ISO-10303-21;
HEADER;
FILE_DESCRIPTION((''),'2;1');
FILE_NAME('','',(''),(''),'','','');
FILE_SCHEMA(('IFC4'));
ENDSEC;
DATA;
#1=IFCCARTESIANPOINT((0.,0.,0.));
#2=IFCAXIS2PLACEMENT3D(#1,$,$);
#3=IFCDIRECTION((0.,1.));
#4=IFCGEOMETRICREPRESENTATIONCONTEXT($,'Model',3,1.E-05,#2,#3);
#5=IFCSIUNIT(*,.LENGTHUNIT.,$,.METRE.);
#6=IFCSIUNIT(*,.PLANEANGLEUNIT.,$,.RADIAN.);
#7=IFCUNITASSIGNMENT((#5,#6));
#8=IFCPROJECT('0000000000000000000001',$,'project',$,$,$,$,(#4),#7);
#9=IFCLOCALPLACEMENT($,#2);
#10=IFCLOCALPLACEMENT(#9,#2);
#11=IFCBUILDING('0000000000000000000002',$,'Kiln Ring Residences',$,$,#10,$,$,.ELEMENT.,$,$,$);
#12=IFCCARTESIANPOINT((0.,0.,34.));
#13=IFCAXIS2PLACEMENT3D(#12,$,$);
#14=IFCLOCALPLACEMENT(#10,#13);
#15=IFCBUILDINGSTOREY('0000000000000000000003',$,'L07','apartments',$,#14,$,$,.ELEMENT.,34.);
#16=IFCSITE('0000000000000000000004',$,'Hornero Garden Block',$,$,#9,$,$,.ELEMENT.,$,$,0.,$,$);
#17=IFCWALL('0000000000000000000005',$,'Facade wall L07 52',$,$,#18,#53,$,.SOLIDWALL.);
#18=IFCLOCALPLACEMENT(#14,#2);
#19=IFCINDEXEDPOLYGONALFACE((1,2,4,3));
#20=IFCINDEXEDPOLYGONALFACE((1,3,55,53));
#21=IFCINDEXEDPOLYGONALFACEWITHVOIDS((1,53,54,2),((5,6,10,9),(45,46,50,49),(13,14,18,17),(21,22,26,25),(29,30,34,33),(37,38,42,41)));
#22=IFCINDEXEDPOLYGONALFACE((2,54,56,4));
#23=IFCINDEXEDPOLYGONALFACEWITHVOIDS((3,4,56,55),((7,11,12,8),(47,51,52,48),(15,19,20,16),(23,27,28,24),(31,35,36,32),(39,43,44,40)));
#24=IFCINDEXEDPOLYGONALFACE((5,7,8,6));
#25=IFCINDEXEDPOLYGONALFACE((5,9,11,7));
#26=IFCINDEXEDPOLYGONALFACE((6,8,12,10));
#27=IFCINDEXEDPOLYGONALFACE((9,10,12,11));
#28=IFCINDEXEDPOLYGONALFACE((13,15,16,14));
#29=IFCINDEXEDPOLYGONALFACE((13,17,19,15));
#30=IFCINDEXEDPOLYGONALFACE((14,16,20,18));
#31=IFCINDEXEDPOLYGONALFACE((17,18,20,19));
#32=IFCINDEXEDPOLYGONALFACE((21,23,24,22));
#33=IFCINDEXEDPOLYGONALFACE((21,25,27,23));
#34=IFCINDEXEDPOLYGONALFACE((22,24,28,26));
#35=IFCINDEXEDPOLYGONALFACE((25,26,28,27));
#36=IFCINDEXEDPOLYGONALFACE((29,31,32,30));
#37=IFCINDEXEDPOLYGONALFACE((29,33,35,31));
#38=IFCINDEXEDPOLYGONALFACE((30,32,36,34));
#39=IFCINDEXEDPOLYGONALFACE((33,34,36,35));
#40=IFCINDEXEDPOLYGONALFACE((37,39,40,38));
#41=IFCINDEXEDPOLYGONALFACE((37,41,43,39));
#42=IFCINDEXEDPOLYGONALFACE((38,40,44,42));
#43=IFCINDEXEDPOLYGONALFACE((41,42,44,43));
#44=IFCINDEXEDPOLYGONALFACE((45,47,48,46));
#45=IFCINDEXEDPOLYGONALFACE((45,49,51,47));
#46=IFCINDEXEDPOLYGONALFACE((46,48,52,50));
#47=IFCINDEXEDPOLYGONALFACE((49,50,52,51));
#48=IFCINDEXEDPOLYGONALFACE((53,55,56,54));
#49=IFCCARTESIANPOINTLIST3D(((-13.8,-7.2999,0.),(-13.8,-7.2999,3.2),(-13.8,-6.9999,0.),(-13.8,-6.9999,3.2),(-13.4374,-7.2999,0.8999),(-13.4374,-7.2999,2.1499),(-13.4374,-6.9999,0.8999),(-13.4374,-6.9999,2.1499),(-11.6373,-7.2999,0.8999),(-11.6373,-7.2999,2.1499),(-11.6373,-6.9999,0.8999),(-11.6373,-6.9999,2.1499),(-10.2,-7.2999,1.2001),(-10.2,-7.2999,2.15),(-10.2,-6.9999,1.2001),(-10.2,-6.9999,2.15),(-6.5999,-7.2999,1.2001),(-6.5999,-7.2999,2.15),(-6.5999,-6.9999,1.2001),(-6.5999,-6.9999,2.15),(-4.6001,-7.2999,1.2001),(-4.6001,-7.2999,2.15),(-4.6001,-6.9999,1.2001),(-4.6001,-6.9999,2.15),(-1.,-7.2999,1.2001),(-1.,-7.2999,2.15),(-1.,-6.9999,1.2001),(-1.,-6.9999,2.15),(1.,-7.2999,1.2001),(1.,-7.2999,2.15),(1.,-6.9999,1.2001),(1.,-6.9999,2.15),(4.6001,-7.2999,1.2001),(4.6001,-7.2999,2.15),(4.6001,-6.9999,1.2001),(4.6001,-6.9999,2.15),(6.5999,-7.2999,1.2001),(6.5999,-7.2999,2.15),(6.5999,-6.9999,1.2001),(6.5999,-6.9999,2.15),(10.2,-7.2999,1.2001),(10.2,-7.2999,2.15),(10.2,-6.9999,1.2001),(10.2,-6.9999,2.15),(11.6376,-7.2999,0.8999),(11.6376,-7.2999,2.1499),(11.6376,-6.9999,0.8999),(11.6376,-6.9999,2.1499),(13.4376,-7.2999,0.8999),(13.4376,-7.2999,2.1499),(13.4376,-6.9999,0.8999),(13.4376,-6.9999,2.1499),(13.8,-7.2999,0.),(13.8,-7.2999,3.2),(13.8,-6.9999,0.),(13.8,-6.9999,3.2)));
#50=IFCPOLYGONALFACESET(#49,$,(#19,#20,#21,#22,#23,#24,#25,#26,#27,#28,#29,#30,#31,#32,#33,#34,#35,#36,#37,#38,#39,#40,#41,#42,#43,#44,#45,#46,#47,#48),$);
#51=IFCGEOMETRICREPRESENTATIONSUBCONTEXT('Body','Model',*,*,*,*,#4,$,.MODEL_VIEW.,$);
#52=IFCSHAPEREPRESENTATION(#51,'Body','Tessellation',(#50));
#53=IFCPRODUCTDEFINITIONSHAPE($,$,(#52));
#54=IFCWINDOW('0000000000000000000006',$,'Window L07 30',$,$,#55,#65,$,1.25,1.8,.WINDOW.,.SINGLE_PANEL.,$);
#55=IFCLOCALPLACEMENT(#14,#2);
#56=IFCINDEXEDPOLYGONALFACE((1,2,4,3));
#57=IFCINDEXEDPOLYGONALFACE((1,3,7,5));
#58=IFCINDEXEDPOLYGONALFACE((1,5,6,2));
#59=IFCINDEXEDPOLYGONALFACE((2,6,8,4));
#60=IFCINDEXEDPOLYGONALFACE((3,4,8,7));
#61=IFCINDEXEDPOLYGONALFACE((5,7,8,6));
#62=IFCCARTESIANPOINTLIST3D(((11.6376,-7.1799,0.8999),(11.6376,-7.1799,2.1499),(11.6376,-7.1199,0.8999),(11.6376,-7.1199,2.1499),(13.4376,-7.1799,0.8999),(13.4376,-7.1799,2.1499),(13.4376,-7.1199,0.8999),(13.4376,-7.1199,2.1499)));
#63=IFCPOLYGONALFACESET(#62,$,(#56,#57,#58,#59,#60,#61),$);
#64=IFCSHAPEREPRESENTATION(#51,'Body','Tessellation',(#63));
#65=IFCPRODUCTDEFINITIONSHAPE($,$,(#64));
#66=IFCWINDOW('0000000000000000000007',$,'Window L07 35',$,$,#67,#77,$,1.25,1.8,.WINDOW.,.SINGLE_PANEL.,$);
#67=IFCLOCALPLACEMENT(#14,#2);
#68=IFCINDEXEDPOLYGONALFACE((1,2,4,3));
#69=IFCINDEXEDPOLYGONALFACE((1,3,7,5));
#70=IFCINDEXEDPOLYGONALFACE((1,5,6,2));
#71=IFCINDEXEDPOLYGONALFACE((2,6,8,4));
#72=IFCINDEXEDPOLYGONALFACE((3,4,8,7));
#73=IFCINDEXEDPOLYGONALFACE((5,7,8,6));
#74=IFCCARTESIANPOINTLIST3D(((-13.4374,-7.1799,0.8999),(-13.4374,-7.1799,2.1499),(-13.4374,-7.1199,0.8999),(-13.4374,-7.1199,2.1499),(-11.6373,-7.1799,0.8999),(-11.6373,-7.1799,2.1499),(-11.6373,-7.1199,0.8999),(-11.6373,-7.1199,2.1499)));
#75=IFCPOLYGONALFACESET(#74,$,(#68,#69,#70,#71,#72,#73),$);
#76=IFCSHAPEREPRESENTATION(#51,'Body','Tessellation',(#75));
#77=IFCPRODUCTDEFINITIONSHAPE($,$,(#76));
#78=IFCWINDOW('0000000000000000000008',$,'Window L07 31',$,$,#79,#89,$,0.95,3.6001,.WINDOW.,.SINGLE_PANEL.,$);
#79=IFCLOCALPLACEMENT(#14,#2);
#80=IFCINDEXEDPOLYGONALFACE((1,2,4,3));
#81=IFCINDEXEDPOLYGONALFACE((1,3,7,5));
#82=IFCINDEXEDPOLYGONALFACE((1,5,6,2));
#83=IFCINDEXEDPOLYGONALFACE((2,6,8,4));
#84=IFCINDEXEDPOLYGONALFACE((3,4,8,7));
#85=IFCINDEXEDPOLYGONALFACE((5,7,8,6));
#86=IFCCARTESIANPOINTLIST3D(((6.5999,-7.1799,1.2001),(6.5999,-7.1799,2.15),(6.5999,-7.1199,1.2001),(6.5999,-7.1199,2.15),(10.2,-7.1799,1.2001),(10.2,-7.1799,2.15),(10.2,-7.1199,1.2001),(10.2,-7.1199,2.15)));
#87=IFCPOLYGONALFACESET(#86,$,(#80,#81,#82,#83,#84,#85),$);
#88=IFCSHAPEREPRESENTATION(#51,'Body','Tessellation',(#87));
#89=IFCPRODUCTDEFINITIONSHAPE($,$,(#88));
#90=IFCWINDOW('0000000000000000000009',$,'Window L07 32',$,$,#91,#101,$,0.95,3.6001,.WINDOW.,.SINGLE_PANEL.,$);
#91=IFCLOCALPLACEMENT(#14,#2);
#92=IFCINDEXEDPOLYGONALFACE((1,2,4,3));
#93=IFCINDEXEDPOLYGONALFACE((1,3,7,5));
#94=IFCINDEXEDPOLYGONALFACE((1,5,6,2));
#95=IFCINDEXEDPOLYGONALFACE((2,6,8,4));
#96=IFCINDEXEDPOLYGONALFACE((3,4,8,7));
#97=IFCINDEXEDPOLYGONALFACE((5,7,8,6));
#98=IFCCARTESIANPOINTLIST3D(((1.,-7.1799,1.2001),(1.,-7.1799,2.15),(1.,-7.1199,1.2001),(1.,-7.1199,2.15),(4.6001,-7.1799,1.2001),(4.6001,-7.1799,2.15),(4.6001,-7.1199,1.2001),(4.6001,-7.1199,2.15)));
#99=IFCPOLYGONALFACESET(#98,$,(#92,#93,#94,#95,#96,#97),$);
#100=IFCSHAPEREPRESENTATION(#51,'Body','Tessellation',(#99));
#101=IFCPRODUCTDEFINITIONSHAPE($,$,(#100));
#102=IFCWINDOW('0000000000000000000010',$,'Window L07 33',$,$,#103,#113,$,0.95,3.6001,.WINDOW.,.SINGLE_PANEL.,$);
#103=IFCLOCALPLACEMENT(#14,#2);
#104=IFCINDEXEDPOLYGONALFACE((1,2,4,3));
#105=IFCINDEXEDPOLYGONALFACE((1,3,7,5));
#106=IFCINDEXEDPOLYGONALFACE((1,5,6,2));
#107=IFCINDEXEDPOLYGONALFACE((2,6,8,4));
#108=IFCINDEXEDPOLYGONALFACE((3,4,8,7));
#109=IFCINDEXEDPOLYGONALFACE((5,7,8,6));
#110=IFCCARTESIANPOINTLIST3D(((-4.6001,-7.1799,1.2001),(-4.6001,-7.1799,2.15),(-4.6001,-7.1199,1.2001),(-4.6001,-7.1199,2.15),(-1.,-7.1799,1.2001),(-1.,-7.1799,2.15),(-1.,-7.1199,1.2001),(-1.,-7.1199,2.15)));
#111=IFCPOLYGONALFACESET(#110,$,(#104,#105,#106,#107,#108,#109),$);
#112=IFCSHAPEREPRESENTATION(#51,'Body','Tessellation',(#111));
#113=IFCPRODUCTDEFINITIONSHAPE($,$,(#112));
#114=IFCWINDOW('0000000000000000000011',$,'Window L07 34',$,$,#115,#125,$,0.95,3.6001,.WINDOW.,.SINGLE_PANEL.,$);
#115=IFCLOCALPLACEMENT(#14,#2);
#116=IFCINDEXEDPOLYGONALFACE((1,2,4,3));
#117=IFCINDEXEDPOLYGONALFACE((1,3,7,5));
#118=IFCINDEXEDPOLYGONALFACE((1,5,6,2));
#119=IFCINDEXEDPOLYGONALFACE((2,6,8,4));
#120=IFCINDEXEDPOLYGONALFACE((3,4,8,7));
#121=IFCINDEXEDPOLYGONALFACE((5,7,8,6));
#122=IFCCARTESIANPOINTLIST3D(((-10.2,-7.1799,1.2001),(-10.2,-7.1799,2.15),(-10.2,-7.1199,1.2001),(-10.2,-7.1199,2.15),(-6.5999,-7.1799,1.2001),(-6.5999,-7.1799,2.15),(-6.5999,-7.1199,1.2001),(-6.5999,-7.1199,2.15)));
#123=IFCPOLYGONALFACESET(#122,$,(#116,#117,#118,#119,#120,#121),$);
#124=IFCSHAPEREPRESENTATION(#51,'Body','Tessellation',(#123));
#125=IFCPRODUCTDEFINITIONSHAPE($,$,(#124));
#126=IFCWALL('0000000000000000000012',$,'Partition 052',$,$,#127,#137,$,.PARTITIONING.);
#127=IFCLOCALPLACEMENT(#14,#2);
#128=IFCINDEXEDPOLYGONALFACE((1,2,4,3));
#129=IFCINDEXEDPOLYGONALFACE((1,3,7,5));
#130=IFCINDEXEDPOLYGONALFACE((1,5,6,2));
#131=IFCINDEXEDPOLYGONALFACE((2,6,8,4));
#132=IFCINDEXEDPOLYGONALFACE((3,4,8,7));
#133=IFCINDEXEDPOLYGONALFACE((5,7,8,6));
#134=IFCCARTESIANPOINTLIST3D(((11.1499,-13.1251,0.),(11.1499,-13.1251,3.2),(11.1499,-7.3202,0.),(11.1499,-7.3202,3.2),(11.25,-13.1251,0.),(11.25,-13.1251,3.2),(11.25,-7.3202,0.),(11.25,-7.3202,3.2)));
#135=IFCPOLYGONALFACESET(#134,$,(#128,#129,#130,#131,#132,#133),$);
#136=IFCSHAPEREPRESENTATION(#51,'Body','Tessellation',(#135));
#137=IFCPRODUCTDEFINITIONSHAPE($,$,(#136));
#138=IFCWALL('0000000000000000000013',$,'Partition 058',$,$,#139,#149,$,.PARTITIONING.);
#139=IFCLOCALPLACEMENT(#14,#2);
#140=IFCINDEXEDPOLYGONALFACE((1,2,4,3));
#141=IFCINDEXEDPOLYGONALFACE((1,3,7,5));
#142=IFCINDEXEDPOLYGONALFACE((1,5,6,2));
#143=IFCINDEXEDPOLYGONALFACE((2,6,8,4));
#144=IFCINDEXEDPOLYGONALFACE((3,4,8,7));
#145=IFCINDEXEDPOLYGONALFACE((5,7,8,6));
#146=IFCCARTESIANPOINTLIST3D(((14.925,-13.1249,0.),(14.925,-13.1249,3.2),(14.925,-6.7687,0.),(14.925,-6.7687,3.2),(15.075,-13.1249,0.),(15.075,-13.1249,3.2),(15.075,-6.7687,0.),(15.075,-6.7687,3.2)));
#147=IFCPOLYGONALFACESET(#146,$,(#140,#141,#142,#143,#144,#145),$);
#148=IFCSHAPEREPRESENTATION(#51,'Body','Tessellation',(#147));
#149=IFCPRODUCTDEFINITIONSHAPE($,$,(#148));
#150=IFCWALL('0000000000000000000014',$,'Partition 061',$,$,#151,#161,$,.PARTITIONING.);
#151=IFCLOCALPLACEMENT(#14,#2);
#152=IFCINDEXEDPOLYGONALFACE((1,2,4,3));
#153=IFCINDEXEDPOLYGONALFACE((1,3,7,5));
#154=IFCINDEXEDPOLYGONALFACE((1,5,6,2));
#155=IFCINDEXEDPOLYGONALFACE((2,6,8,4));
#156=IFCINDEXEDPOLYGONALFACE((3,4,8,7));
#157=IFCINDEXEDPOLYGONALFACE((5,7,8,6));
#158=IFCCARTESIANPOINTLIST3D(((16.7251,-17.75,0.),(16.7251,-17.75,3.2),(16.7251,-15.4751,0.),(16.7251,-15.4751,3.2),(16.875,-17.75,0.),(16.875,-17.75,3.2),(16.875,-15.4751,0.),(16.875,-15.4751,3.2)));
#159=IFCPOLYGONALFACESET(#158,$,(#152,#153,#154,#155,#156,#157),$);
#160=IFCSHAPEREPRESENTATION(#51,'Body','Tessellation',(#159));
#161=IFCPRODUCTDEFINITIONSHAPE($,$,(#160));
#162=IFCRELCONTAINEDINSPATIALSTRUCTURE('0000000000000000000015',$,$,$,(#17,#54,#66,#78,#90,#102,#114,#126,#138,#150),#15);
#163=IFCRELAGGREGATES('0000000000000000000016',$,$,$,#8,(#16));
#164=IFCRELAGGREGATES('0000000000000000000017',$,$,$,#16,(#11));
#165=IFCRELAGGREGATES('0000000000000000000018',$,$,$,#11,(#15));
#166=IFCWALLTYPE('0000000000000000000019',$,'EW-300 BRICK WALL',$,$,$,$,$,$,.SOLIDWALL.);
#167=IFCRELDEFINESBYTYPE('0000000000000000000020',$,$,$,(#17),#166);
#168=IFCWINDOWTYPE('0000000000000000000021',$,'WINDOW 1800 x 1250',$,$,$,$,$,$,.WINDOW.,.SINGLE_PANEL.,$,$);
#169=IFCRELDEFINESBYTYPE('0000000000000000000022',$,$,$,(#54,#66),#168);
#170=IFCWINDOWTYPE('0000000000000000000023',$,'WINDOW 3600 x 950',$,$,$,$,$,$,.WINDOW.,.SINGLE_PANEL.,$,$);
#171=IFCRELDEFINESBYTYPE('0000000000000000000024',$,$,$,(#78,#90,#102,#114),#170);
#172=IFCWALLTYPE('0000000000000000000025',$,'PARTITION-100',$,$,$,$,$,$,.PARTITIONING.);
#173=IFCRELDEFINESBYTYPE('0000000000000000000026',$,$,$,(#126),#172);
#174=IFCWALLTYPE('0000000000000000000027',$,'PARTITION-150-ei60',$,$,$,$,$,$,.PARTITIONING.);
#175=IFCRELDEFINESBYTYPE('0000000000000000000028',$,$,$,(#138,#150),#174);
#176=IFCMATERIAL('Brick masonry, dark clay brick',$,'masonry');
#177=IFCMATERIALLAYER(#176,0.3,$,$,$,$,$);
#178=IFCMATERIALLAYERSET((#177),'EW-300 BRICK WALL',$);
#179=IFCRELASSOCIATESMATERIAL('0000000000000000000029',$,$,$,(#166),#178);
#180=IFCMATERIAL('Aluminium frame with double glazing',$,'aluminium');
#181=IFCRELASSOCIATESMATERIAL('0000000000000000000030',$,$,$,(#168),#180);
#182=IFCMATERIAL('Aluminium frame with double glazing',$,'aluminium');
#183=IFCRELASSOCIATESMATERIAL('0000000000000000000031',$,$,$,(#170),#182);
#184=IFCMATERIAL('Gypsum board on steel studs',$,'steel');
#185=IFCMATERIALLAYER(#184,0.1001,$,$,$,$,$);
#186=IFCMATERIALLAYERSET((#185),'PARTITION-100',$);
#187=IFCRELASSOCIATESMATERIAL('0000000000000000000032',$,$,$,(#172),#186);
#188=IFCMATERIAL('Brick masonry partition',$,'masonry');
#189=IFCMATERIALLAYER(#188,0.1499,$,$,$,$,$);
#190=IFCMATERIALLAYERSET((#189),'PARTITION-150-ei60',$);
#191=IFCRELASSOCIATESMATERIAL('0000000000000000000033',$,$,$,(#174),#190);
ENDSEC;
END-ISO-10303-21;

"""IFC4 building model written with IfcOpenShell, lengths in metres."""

from ifc_helpers import new_model, si_unit, direction, frame, frame_2d, origin, place, context, subcontext, project, spatial, rectangle, extrude, material, layer, layer_set, type_object, element, fill, save


model = new_model("IFC4")

# Units and contexts
model_context = context("Model", 3, precision=1e-05, world=origin(), true_north=direction((0.0, 1.0)))
body_context = subcontext(model_context, "Body", "Model", "MODEL_VIEW")
ifc_project = project(units=[si_unit("LENGTHUNIT", "METRE"), si_unit("PLANEANGLEUNIT", "RADIAN")], contexts=[model_context])

# Site, building, storey
site_placement = place(None, origin())
site = spatial("IfcSite", under=ifc_project, at=site_placement, Name="Hornero Garden Block", CompositionType="ELEMENT", RefElevation=0.0)
building_placement = place(site_placement, origin())
building = spatial("IfcBuilding", under=site, at=building_placement, Name="Kiln Ring Residences", CompositionType="ELEMENT")
storey_placement = place(building_placement, frame((0.0, 0.0, 34.0)))
storey = spatial("IfcBuildingStorey", under=building, at=storey_placement, Name="L07", Description="apartments", CompositionType="ELEMENT", Elevation=34.0)

# Wall, openings, windows
ifc_material_1 = material(Name="Brick masonry, dark clay brick", Category="masonry")
ifc_layer_1 = layer(ifc_material_1, 0.3)
ifc_layer_set_1 = layer_set([ifc_layer_1], Name="EW-300 BRICK WALL")
wall_type_1 = type_object("IfcWallType", Name="EW-300 BRICK WALL", PredefinedType="SOLIDWALL", material=ifc_layer_set_1)
wall_1_placement = place(storey_placement, frame((13.8, -7.1499, 0.0), z_axis=(0.0, 0.0, 1.0), x_axis=(-1.0, 0.0, 0.0)))
wall_1 = element("IfcWall", 1, at=wall_1_placement, inside=storey, type_object=wall_type_1, Name="Facade wall L07 52", PredefinedType="SOLIDWALL", context=body_context, shape_type="SweptSolid", body=[
    extrude(rectangle(XDim=27.6001, YDim=0.3, at=frame_2d((13.8, 0.0))), origin(), (0.0, 0.0, 1.0), 3.2),
])
opening_1_placement = place(wall_1_placement, frame((0.3625, 0.0, 0.8999)))
opening_1 = element("IfcOpeningElement", 2, at=opening_1_placement, cuts=wall_1, PredefinedType="OPENING", context=body_context, shape_type="SweptSolid", body=[
    extrude(rectangle(XDim=1.8, YDim=1.25, at=frame_2d((0.8999, 0.625))), frame((0.0, 0.1599, 0.0), z_axis=(0.0, -1.0, 0.0), x_axis=(1.0, 0.0, 0.0)), (0.0, 0.0, 1.0), 0.3201),
])
opening_2_placement = place(wall_1_placement, frame((3.6001, 0.0, 1.2)))
opening_2 = element("IfcOpeningElement", 3, at=opening_2_placement, cuts=wall_1, PredefinedType="OPENING", context=body_context, shape_type="SweptSolid", body=[
    extrude(rectangle(XDim=3.6001, YDim=0.95, at=frame_2d((1.8, 0.4751))), frame((0.0, 0.1599, 0.0), z_axis=(0.0, -1.0, 0.0), x_axis=(1.0, 0.0, 0.0)), (0.0, 0.0, 1.0), 0.3201),
])
opening_3_placement = place(wall_1_placement, frame((9.2, 0.0, 1.2)))
opening_3 = element("IfcOpeningElement", 4, at=opening_3_placement, cuts=wall_1, PredefinedType="OPENING", context=body_context, shape_type="SweptSolid", body=[
    extrude(rectangle(XDim=3.6001, YDim=0.95, at=frame_2d((1.8, 0.4751))), frame((0.0, 0.1599, 0.0), z_axis=(0.0, -1.0, 0.0), x_axis=(1.0, 0.0, 0.0)), (0.0, 0.0, 1.0), 0.3201),
])
opening_4_placement = place(wall_1_placement, frame((14.8, 0.0, 1.2)))
opening_4 = element("IfcOpeningElement", 5, at=opening_4_placement, cuts=wall_1, PredefinedType="OPENING", context=body_context, shape_type="SweptSolid", body=[
    extrude(rectangle(XDim=3.6001, YDim=0.95, at=frame_2d((1.8, 0.4751))), frame((0.0, 0.1599, 0.0), z_axis=(0.0, -1.0, 0.0), x_axis=(1.0, 0.0, 0.0)), (0.0, 0.0, 1.0), 0.3201),
])
opening_5_placement = place(wall_1_placement, frame((20.3999, 0.0, 1.2)))
opening_5 = element("IfcOpeningElement", 6, at=opening_5_placement, cuts=wall_1, PredefinedType="OPENING", context=body_context, shape_type="SweptSolid", body=[
    extrude(rectangle(XDim=3.6001, YDim=0.95, at=frame_2d((1.8, 0.4751))), frame((0.0, 0.1599, 0.0), z_axis=(0.0, -1.0, 0.0), x_axis=(1.0, 0.0, 0.0)), (0.0, 0.0, 1.0), 0.3201),
])
opening_6_placement = place(wall_1_placement, frame((25.4375, 0.0, 0.8999)))
opening_6 = element("IfcOpeningElement", 7, at=opening_6_placement, cuts=wall_1, PredefinedType="OPENING", context=body_context, shape_type="SweptSolid", body=[
    extrude(rectangle(XDim=1.8, YDim=1.25, at=frame_2d((0.8999, 0.625))), frame((0.0, 0.1599, 0.0), z_axis=(0.0, -1.0, 0.0), x_axis=(1.0, 0.0, 0.0)), (0.0, 0.0, 1.0), 0.3201),
])
ifc_material_2 = material(Name="Aluminium frame with double glazing", Category="aluminium")
window_type_1 = type_object("IfcWindowType", Name="WINDOW 1800 x 1250", PartitioningType="SINGLE_PANEL", PredefinedType="WINDOW", material=ifc_material_2)
window_1_placement = place(opening_1_placement, origin())
window_1 = element("IfcWindow", 8, at=window_1_placement, inside=storey, type_object=window_type_1, Name="Window L07 30", OverallHeight=1.25, OverallWidth=1.8, PartitioningType="SINGLE_PANEL", PredefinedType="WINDOW", context=body_context, shape_type="SweptSolid", body=[
    extrude(rectangle(XDim=1.8, YDim=1.25, at=frame_2d((0.8999, 0.625))), frame((0.0, 0.03, 0.0), z_axis=(0.0, -1.0, 0.0), x_axis=(1.0, 0.0, 0.0)), (0.0, 0.0, 1.0), 0.0601),
])
fill(opening_1, window_1)
window_2_placement = place(opening_6_placement, origin())
window_2 = element("IfcWindow", 9, at=window_2_placement, inside=storey, type_object=window_type_1, Name="Window L07 35", OverallHeight=1.25, OverallWidth=1.8, PartitioningType="SINGLE_PANEL", PredefinedType="WINDOW", context=body_context, shape_type="SweptSolid", body=[
    extrude(rectangle(XDim=1.8, YDim=1.25, at=frame_2d((0.8999, 0.625))), frame((0.0, 0.03, 0.0), z_axis=(0.0, -1.0, 0.0), x_axis=(1.0, 0.0, 0.0)), (0.0, 0.0, 1.0), 0.0601),
])
fill(opening_6, window_2)
ifc_material_3 = material(Name="Aluminium frame with double glazing", Category="aluminium")
window_type_2 = type_object("IfcWindowType", Name="WINDOW 3600 x 950", PartitioningType="SINGLE_PANEL", PredefinedType="WINDOW", material=ifc_material_3)
window_3_placement = place(opening_2_placement, origin())
window_3 = element("IfcWindow", 10, at=window_3_placement, inside=storey, type_object=window_type_2, Name="Window L07 31", OverallHeight=0.95, OverallWidth=3.6001, PartitioningType="SINGLE_PANEL", PredefinedType="WINDOW", context=body_context, shape_type="SweptSolid", body=[
    extrude(rectangle(XDim=3.6001, YDim=0.95, at=frame_2d((1.8, 0.4751))), frame((0.0, 0.03, 0.0), z_axis=(0.0, -1.0, 0.0), x_axis=(1.0, 0.0, 0.0)), (0.0, 0.0, 1.0), 0.0601),
])
fill(opening_2, window_3)
window_4_placement = place(opening_3_placement, origin())
window_4 = element("IfcWindow", 11, at=window_4_placement, inside=storey, type_object=window_type_2, Name="Window L07 32", OverallHeight=0.95, OverallWidth=3.6001, PartitioningType="SINGLE_PANEL", PredefinedType="WINDOW", context=body_context, shape_type="SweptSolid", body=[
    extrude(rectangle(XDim=3.6001, YDim=0.95, at=frame_2d((1.8, 0.4751))), frame((0.0, 0.03, 0.0), z_axis=(0.0, -1.0, 0.0), x_axis=(1.0, 0.0, 0.0)), (0.0, 0.0, 1.0), 0.0601),
])
fill(opening_3, window_4)
window_5_placement = place(opening_4_placement, origin())
window_5 = element("IfcWindow", 12, at=window_5_placement, inside=storey, type_object=window_type_2, Name="Window L07 33", OverallHeight=0.95, OverallWidth=3.6001, PartitioningType="SINGLE_PANEL", PredefinedType="WINDOW", context=body_context, shape_type="SweptSolid", body=[
    extrude(rectangle(XDim=3.6001, YDim=0.95, at=frame_2d((1.8, 0.4751))), frame((0.0, 0.03, 0.0), z_axis=(0.0, -1.0, 0.0), x_axis=(1.0, 0.0, 0.0)), (0.0, 0.0, 1.0), 0.0601),
])
fill(opening_4, window_5)
window_6_placement = place(opening_5_placement, origin())
window_6 = element("IfcWindow", 13, at=window_6_placement, inside=storey, type_object=window_type_2, Name="Window L07 34", OverallHeight=0.95, OverallWidth=3.6001, PartitioningType="SINGLE_PANEL", PredefinedType="WINDOW", context=body_context, shape_type="SweptSolid", body=[
    extrude(rectangle(XDim=3.6001, YDim=0.95, at=frame_2d((1.8, 0.4751))), frame((0.0, 0.03, 0.0), z_axis=(0.0, -1.0, 0.0), x_axis=(1.0, 0.0, 0.0)), (0.0, 0.0, 1.0), 0.0601),
])
fill(opening_5, window_6)

# Walls
ifc_material_4 = material(Name="Gypsum board on steel studs", Category="steel")
ifc_layer_2 = layer(ifc_material_4, 0.1001)
ifc_layer_set_2 = layer_set([ifc_layer_2], Name="PARTITION-100")
wall_type_2 = type_object("IfcWallType", Name="PARTITION-100", PredefinedType="PARTITIONING", material=ifc_layer_set_2)
wall_2_placement = place(storey_placement, frame((11.2, -13.125, 0.0), z_axis=(0.0, 0.0, 1.0), x_axis=(0.0, 1.0, 0.0)))
element("IfcWall", 14, at=wall_2_placement, inside=storey, type_object=wall_type_2, Name="Partition 052", PredefinedType="PARTITIONING", context=body_context, shape_type="SweptSolid", body=[
    extrude(rectangle(XDim=5.8049, YDim=0.1001, at=frame_2d((2.9023, 0.0))), origin(), (0.0, 0.0, 1.0), 3.2),
])
ifc_material_5 = material(Name="Brick masonry partition", Category="masonry")
ifc_layer_3 = layer(ifc_material_5, 0.1499)
ifc_layer_set_3 = layer_set([ifc_layer_3], Name="PARTITION-150-ei60")
wall_type_3 = type_object("IfcWallType", Name="PARTITION-150-ei60", PredefinedType="PARTITIONING", material=ifc_layer_set_3)
wall_3_placement = place(storey_placement, frame((15.0, -13.125, 0.0), z_axis=(0.0, 0.0, 1.0), x_axis=(0.0, 1.0, 0.0)))
element("IfcWall", 15, at=wall_3_placement, inside=storey, type_object=wall_type_3, Name="Partition 058", PredefinedType="PARTITIONING", context=body_context, shape_type="SweptSolid", body=[
    extrude(rectangle(XDim=6.3562, YDim=0.1499, at=frame_2d((3.1782, 0.0))), origin(), (0.0, 0.0, 1.0), 3.2),
])
wall_4_placement = place(storey_placement, frame((16.8, -17.75, 0.0), z_axis=(0.0, 0.0, 1.0), x_axis=(0.0, 1.0, 0.0)))
element("IfcWall", 16, at=wall_4_placement, inside=storey, type_object=wall_type_3, Name="Partition 061", PredefinedType="PARTITIONING", context=body_context, shape_type="SweptSolid", body=[
    extrude(rectangle(XDim=2.2749, YDim=0.1499, at=frame_2d((1.1375, 0.0))), origin(), (0.0, 0.0, 1.0), 3.2),
])

save(model, "model.ifc")
